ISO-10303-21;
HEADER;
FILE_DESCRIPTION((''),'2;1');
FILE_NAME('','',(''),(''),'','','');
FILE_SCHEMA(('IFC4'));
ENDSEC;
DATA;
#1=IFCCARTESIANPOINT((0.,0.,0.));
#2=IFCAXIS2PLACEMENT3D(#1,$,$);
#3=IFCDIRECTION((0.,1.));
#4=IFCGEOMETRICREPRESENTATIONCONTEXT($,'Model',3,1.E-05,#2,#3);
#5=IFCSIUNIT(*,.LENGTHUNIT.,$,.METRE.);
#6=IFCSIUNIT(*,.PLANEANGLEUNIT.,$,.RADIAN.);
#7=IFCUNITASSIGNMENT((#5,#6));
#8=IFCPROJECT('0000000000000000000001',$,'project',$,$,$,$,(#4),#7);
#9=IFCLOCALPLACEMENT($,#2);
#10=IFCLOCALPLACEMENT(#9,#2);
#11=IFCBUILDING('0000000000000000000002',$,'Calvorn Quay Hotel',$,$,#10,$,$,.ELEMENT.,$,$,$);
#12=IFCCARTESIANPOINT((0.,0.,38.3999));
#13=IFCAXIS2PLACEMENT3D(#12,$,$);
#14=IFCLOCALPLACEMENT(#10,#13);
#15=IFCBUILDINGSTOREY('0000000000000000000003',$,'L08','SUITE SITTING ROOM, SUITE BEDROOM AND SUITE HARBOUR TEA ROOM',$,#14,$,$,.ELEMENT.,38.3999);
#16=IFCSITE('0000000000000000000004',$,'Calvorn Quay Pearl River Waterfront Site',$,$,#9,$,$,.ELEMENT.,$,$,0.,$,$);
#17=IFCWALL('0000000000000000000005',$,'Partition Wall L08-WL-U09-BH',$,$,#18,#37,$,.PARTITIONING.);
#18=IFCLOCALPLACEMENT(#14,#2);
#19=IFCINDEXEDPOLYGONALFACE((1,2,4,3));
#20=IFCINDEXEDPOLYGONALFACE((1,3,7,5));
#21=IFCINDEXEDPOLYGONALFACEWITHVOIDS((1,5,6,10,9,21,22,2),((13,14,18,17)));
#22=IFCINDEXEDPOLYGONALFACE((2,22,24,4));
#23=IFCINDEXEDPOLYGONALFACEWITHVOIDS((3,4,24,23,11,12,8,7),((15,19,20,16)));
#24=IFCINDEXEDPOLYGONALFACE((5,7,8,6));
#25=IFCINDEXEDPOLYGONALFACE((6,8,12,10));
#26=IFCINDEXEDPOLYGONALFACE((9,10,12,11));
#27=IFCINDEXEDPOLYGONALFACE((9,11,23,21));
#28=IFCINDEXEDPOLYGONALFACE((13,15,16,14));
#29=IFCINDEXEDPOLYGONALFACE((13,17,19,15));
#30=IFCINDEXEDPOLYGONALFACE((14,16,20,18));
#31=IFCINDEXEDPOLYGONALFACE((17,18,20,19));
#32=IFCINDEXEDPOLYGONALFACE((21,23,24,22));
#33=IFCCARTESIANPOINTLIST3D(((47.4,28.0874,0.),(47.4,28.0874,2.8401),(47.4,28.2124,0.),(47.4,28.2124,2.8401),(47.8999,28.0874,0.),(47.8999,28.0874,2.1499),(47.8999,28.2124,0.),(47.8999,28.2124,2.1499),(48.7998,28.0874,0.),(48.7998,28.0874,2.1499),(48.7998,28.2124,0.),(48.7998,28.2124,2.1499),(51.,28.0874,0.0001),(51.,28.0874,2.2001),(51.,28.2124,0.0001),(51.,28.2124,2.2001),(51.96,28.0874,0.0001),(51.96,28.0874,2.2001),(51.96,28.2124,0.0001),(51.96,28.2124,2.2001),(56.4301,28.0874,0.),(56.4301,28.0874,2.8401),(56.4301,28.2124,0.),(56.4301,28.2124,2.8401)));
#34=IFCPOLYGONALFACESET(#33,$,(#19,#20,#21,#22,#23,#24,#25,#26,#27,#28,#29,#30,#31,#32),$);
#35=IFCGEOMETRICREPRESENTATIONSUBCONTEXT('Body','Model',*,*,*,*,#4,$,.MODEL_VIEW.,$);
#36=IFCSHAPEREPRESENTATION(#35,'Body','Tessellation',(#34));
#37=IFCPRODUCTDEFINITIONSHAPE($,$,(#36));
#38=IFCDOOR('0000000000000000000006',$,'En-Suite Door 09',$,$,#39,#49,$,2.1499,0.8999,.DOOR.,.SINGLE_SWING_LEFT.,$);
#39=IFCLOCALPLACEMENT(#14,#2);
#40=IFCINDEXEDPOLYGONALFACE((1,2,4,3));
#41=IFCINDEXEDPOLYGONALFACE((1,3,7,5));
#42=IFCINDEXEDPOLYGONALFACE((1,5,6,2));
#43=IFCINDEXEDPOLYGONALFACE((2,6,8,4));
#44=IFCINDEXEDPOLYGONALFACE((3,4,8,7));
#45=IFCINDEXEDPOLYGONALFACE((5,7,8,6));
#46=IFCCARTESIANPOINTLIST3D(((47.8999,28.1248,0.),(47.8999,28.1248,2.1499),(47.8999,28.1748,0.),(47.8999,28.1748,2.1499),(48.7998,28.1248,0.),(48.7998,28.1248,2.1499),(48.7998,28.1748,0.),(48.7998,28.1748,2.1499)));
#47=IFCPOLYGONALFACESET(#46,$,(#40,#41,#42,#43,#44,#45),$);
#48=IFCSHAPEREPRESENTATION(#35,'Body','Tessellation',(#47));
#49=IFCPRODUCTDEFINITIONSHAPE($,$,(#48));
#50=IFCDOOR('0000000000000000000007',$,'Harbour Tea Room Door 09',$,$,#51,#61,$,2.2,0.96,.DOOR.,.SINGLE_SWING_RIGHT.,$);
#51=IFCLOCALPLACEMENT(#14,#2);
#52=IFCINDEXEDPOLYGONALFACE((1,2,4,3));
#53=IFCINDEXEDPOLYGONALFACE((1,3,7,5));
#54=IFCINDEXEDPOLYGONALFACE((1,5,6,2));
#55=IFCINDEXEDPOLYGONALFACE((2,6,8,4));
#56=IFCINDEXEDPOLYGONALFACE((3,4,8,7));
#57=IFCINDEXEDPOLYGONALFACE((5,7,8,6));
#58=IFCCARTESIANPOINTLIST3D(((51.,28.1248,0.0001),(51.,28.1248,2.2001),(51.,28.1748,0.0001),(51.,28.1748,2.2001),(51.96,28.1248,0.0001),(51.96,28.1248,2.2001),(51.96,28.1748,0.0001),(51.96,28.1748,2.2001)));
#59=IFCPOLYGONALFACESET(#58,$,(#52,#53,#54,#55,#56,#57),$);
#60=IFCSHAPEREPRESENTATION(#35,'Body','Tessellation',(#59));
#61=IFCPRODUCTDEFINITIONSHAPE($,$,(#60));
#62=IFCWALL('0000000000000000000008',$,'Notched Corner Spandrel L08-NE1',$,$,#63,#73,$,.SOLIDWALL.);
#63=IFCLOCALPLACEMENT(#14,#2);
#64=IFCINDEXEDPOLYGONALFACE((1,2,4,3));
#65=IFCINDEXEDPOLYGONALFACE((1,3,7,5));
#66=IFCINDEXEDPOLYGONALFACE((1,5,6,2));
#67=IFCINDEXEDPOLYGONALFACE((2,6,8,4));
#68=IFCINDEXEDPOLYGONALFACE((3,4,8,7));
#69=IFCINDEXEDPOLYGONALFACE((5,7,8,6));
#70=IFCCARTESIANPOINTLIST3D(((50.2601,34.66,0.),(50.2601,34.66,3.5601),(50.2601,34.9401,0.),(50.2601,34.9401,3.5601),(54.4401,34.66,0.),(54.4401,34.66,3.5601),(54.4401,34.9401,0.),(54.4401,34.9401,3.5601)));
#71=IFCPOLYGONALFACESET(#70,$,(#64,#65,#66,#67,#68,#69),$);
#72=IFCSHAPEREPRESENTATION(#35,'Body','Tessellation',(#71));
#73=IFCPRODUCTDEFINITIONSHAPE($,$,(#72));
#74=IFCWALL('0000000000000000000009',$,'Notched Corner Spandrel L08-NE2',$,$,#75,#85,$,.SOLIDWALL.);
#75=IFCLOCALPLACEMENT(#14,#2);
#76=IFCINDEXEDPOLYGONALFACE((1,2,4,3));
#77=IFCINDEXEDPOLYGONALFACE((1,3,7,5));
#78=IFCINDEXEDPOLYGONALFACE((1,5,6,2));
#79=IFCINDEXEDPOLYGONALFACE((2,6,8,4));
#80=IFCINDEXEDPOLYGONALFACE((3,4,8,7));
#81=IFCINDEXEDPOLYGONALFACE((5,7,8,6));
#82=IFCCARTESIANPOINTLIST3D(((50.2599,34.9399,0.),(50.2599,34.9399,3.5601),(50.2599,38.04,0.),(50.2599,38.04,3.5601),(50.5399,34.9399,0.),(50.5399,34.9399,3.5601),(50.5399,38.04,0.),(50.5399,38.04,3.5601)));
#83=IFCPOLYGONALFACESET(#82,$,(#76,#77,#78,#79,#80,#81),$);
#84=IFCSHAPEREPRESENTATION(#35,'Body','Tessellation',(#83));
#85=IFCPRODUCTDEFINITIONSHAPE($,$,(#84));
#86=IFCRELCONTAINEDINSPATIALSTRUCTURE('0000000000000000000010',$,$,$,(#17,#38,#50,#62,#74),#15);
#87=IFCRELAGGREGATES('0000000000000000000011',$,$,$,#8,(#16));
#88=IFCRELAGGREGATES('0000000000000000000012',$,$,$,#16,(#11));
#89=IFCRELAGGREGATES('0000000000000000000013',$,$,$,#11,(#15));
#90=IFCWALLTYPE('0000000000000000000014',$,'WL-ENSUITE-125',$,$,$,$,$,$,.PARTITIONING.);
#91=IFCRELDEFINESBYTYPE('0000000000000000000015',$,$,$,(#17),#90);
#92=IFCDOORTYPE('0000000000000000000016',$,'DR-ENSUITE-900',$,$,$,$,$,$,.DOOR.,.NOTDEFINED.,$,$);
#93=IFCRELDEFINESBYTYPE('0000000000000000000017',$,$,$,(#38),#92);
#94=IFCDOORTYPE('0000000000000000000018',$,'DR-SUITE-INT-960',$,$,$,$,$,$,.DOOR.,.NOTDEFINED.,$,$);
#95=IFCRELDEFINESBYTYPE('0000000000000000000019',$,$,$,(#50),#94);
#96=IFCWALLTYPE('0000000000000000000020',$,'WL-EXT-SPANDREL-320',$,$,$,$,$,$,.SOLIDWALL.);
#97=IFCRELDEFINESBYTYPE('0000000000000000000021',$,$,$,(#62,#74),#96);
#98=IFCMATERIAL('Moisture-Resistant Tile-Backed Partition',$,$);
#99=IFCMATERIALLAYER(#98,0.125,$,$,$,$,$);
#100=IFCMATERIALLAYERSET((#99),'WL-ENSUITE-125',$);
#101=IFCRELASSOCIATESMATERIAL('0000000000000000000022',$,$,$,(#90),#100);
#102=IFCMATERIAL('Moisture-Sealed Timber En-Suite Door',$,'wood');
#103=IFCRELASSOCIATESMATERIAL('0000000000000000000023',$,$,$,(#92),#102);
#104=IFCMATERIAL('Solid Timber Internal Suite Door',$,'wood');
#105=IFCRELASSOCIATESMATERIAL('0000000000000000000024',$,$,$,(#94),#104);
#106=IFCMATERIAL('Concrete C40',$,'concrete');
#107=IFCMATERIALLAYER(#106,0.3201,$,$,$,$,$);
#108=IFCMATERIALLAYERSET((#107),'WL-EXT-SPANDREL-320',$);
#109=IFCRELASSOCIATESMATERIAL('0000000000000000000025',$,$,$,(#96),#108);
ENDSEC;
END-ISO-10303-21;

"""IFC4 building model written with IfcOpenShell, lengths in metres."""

from ifc_helpers import new_model, si_unit, direction, frame, frame_2d, origin, place, context, subcontext, project, spatial, rectangle, extrude, material, layer, layer_set, type_object, element, fill, save


model = new_model("IFC4")

# Units and contexts
model_context = context("Model", 3, precision=1e-05, world=origin(), true_north=direction((0.0, 1.0)))
body_context = subcontext(model_context, "Body", "Model", "MODEL_VIEW")
ifc_project = project(units=[si_unit("LENGTHUNIT", "METRE"), si_unit("PLANEANGLEUNIT", "RADIAN")], contexts=[model_context])

# Site, building, storey
site_placement = place(None, origin())
site = spatial("IfcSite", under=ifc_project, at=site_placement, Name="Calvorn Quay Pearl River Waterfront Site", CompositionType="ELEMENT", RefElevation=0.0)
building_placement = place(site_placement, origin())
building = spatial("IfcBuilding", under=site, at=building_placement, Name="Calvorn Quay Hotel", CompositionType="ELEMENT")
storey_placement = place(building_placement, frame((0.0, 0.0, 38.3999)))
storey = spatial("IfcBuildingStorey", under=building, at=storey_placement, Name="L08", Description="SUITE SITTING ROOM, SUITE BEDROOM AND SUITE HARBOUR TEA ROOM", CompositionType="ELEMENT", Elevation=38.3999)

# Shared definitions
ifc_material_1 = material(Name="Moisture-Resistant Tile-Backed Partition")
ifc_layer_1 = layer(ifc_material_1, 0.125)
ifc_layer_set_1 = layer_set([ifc_layer_1], Name="WL-ENSUITE-125")
wall_type_1 = type_object("IfcWallType", Name="WL-ENSUITE-125", PredefinedType="PARTITIONING", material=ifc_layer_set_1)

# Wall, openings, doors
wall_1_placement = place(storey_placement, frame((47.3999, 28.1499, 0.0), z_axis=(0.0, 0.0, 1.0), x_axis=(1.0, 0.0, 0.0)))
wall_1 = element("IfcWall", 1, at=wall_1_placement, inside=storey, type_object=wall_type_1, Name="Partition Wall L08-WL-U09-BH", PredefinedType="PARTITIONING", context=body_context, shape_type="SweptSolid", body=[
    extrude(rectangle(XDim=9.03, YDim=0.125, at=frame_2d((4.5151, 0.0))), origin(), (0.0, 0.0, 1.0), 2.8401),
])
opening_1_placement = place(wall_1_placement, frame((0.5, 0.0, 0.0)))
opening_1 = element("IfcOpeningElement", 2, at=opening_1_placement, cuts=wall_1, PredefinedType="OPENING", context=body_context, shape_type="SweptSolid", body=[
    extrude(rectangle(XDim=0.8999, YDim=2.1499, at=frame_2d((0.45, 1.075))), frame((0.0, 0.0725, 0.0), z_axis=(0.0, -1.0, 0.0), x_axis=(1.0, 0.0, 0.0)), (0.0, 0.0, 1.0), 0.145),
])
opening_2_placement = place(wall_1_placement, frame((3.6001, 0.0, 0.0)))
opening_2 = element("IfcOpeningElement", 3, at=opening_2_placement, cuts=wall_1, PredefinedType="OPENING", context=body_context, shape_type="SweptSolid", body=[
    extrude(rectangle(XDim=0.96, YDim=2.2, at=frame_2d((0.48, 1.1001))), frame((0.0, 0.0725, 0.0), z_axis=(0.0, -1.0, 0.0), x_axis=(1.0, 0.0, 0.0)), (0.0, 0.0, 1.0), 0.145),
])
ifc_material_2 = material(Name="Moisture-Sealed Timber En-Suite Door", Category="wood")
door_type_1 = type_object("IfcDoorType", Name="DR-ENSUITE-900", OperationType="NOTDEFINED", PredefinedType="DOOR", material=ifc_material_2)
door_1_placement = place(opening_1_placement, origin())
door_1 = element("IfcDoor", 4, at=door_1_placement, inside=storey, type_object=door_type_1, Name="En-Suite Door 09", OperationType="SINGLE_SWING_LEFT", OverallHeight=2.1499, OverallWidth=0.8999, PredefinedType="DOOR", context=body_context, shape_type="SweptSolid", body=[
    extrude(rectangle(XDim=0.8999, YDim=2.1499, at=frame_2d((0.45, 1.075))), frame((0.0, 0.0249, 0.0), z_axis=(0.0, -1.0, 0.0), x_axis=(1.0, 0.0, 0.0)), (0.0, 0.0, 1.0), 0.05),
])
fill(opening_1, door_1)
ifc_material_3 = material(Name="Solid Timber Internal Suite Door", Category="wood")
door_type_2 = type_object("IfcDoorType", Name="DR-SUITE-INT-960", OperationType="NOTDEFINED", PredefinedType="DOOR", material=ifc_material_3)
door_2_placement = place(opening_2_placement, origin())
door_2 = element("IfcDoor", 5, at=door_2_placement, inside=storey, type_object=door_type_2, Name="Harbour Tea Room Door 09", OperationType="SINGLE_SWING_RIGHT", OverallHeight=2.2, OverallWidth=0.96, PredefinedType="DOOR", context=body_context, shape_type="SweptSolid", body=[
    extrude(rectangle(XDim=0.96, YDim=2.2, at=frame_2d((0.48, 1.1001))), frame((0.0, 0.0249, 0.0), z_axis=(0.0, -1.0, 0.0), x_axis=(1.0, 0.0, 0.0)), (0.0, 0.0, 1.0), 0.05),
])
fill(opening_2, door_2)

# Walls
ifc_material_4 = material(Name="Concrete C40", Category="concrete")
ifc_layer_2 = layer(ifc_material_4, 0.3201)
ifc_layer_set_2 = layer_set([ifc_layer_2], Name="WL-EXT-SPANDREL-320")
wall_type_2 = type_object("IfcWallType", Name="WL-EXT-SPANDREL-320", PredefinedType="SOLIDWALL", material=ifc_layer_set_2)
wall_2_placement = place(storey_placement, frame((54.4399, 34.8, 0.0), z_axis=(0.0, 0.0, 1.0), x_axis=(-1.0, 0.0, 0.0)))
element("IfcWall", 6, at=wall_2_placement, inside=storey, type_object=wall_type_2, Name="Notched Corner Spandrel L08-NE1", PredefinedType="SOLIDWALL", context=body_context, shape_type="SweptSolid", body=[
    extrude(rectangle(XDim=4.1799, YDim=0.28, at=frame_2d((2.0898, 0.0))), origin(), (0.0, 0.0, 1.0), 3.5601),
])
wall_3_placement = place(storey_placement, frame((50.3999, 34.9399, 0.0), z_axis=(0.0, 0.0, 1.0), x_axis=(0.0, 1.0, 0.0)))
element("IfcWall", 7, at=wall_3_placement, inside=storey, type_object=wall_type_2, Name="Notched Corner Spandrel L08-NE2", PredefinedType="SOLIDWALL", context=body_context, shape_type="SweptSolid", body=[
    extrude(rectangle(XDim=3.1001, YDim=0.28, at=frame_2d((1.55, 0.0))), origin(), (0.0, 0.0, 1.0), 3.5601),
])

save(model, "model.ifc")
